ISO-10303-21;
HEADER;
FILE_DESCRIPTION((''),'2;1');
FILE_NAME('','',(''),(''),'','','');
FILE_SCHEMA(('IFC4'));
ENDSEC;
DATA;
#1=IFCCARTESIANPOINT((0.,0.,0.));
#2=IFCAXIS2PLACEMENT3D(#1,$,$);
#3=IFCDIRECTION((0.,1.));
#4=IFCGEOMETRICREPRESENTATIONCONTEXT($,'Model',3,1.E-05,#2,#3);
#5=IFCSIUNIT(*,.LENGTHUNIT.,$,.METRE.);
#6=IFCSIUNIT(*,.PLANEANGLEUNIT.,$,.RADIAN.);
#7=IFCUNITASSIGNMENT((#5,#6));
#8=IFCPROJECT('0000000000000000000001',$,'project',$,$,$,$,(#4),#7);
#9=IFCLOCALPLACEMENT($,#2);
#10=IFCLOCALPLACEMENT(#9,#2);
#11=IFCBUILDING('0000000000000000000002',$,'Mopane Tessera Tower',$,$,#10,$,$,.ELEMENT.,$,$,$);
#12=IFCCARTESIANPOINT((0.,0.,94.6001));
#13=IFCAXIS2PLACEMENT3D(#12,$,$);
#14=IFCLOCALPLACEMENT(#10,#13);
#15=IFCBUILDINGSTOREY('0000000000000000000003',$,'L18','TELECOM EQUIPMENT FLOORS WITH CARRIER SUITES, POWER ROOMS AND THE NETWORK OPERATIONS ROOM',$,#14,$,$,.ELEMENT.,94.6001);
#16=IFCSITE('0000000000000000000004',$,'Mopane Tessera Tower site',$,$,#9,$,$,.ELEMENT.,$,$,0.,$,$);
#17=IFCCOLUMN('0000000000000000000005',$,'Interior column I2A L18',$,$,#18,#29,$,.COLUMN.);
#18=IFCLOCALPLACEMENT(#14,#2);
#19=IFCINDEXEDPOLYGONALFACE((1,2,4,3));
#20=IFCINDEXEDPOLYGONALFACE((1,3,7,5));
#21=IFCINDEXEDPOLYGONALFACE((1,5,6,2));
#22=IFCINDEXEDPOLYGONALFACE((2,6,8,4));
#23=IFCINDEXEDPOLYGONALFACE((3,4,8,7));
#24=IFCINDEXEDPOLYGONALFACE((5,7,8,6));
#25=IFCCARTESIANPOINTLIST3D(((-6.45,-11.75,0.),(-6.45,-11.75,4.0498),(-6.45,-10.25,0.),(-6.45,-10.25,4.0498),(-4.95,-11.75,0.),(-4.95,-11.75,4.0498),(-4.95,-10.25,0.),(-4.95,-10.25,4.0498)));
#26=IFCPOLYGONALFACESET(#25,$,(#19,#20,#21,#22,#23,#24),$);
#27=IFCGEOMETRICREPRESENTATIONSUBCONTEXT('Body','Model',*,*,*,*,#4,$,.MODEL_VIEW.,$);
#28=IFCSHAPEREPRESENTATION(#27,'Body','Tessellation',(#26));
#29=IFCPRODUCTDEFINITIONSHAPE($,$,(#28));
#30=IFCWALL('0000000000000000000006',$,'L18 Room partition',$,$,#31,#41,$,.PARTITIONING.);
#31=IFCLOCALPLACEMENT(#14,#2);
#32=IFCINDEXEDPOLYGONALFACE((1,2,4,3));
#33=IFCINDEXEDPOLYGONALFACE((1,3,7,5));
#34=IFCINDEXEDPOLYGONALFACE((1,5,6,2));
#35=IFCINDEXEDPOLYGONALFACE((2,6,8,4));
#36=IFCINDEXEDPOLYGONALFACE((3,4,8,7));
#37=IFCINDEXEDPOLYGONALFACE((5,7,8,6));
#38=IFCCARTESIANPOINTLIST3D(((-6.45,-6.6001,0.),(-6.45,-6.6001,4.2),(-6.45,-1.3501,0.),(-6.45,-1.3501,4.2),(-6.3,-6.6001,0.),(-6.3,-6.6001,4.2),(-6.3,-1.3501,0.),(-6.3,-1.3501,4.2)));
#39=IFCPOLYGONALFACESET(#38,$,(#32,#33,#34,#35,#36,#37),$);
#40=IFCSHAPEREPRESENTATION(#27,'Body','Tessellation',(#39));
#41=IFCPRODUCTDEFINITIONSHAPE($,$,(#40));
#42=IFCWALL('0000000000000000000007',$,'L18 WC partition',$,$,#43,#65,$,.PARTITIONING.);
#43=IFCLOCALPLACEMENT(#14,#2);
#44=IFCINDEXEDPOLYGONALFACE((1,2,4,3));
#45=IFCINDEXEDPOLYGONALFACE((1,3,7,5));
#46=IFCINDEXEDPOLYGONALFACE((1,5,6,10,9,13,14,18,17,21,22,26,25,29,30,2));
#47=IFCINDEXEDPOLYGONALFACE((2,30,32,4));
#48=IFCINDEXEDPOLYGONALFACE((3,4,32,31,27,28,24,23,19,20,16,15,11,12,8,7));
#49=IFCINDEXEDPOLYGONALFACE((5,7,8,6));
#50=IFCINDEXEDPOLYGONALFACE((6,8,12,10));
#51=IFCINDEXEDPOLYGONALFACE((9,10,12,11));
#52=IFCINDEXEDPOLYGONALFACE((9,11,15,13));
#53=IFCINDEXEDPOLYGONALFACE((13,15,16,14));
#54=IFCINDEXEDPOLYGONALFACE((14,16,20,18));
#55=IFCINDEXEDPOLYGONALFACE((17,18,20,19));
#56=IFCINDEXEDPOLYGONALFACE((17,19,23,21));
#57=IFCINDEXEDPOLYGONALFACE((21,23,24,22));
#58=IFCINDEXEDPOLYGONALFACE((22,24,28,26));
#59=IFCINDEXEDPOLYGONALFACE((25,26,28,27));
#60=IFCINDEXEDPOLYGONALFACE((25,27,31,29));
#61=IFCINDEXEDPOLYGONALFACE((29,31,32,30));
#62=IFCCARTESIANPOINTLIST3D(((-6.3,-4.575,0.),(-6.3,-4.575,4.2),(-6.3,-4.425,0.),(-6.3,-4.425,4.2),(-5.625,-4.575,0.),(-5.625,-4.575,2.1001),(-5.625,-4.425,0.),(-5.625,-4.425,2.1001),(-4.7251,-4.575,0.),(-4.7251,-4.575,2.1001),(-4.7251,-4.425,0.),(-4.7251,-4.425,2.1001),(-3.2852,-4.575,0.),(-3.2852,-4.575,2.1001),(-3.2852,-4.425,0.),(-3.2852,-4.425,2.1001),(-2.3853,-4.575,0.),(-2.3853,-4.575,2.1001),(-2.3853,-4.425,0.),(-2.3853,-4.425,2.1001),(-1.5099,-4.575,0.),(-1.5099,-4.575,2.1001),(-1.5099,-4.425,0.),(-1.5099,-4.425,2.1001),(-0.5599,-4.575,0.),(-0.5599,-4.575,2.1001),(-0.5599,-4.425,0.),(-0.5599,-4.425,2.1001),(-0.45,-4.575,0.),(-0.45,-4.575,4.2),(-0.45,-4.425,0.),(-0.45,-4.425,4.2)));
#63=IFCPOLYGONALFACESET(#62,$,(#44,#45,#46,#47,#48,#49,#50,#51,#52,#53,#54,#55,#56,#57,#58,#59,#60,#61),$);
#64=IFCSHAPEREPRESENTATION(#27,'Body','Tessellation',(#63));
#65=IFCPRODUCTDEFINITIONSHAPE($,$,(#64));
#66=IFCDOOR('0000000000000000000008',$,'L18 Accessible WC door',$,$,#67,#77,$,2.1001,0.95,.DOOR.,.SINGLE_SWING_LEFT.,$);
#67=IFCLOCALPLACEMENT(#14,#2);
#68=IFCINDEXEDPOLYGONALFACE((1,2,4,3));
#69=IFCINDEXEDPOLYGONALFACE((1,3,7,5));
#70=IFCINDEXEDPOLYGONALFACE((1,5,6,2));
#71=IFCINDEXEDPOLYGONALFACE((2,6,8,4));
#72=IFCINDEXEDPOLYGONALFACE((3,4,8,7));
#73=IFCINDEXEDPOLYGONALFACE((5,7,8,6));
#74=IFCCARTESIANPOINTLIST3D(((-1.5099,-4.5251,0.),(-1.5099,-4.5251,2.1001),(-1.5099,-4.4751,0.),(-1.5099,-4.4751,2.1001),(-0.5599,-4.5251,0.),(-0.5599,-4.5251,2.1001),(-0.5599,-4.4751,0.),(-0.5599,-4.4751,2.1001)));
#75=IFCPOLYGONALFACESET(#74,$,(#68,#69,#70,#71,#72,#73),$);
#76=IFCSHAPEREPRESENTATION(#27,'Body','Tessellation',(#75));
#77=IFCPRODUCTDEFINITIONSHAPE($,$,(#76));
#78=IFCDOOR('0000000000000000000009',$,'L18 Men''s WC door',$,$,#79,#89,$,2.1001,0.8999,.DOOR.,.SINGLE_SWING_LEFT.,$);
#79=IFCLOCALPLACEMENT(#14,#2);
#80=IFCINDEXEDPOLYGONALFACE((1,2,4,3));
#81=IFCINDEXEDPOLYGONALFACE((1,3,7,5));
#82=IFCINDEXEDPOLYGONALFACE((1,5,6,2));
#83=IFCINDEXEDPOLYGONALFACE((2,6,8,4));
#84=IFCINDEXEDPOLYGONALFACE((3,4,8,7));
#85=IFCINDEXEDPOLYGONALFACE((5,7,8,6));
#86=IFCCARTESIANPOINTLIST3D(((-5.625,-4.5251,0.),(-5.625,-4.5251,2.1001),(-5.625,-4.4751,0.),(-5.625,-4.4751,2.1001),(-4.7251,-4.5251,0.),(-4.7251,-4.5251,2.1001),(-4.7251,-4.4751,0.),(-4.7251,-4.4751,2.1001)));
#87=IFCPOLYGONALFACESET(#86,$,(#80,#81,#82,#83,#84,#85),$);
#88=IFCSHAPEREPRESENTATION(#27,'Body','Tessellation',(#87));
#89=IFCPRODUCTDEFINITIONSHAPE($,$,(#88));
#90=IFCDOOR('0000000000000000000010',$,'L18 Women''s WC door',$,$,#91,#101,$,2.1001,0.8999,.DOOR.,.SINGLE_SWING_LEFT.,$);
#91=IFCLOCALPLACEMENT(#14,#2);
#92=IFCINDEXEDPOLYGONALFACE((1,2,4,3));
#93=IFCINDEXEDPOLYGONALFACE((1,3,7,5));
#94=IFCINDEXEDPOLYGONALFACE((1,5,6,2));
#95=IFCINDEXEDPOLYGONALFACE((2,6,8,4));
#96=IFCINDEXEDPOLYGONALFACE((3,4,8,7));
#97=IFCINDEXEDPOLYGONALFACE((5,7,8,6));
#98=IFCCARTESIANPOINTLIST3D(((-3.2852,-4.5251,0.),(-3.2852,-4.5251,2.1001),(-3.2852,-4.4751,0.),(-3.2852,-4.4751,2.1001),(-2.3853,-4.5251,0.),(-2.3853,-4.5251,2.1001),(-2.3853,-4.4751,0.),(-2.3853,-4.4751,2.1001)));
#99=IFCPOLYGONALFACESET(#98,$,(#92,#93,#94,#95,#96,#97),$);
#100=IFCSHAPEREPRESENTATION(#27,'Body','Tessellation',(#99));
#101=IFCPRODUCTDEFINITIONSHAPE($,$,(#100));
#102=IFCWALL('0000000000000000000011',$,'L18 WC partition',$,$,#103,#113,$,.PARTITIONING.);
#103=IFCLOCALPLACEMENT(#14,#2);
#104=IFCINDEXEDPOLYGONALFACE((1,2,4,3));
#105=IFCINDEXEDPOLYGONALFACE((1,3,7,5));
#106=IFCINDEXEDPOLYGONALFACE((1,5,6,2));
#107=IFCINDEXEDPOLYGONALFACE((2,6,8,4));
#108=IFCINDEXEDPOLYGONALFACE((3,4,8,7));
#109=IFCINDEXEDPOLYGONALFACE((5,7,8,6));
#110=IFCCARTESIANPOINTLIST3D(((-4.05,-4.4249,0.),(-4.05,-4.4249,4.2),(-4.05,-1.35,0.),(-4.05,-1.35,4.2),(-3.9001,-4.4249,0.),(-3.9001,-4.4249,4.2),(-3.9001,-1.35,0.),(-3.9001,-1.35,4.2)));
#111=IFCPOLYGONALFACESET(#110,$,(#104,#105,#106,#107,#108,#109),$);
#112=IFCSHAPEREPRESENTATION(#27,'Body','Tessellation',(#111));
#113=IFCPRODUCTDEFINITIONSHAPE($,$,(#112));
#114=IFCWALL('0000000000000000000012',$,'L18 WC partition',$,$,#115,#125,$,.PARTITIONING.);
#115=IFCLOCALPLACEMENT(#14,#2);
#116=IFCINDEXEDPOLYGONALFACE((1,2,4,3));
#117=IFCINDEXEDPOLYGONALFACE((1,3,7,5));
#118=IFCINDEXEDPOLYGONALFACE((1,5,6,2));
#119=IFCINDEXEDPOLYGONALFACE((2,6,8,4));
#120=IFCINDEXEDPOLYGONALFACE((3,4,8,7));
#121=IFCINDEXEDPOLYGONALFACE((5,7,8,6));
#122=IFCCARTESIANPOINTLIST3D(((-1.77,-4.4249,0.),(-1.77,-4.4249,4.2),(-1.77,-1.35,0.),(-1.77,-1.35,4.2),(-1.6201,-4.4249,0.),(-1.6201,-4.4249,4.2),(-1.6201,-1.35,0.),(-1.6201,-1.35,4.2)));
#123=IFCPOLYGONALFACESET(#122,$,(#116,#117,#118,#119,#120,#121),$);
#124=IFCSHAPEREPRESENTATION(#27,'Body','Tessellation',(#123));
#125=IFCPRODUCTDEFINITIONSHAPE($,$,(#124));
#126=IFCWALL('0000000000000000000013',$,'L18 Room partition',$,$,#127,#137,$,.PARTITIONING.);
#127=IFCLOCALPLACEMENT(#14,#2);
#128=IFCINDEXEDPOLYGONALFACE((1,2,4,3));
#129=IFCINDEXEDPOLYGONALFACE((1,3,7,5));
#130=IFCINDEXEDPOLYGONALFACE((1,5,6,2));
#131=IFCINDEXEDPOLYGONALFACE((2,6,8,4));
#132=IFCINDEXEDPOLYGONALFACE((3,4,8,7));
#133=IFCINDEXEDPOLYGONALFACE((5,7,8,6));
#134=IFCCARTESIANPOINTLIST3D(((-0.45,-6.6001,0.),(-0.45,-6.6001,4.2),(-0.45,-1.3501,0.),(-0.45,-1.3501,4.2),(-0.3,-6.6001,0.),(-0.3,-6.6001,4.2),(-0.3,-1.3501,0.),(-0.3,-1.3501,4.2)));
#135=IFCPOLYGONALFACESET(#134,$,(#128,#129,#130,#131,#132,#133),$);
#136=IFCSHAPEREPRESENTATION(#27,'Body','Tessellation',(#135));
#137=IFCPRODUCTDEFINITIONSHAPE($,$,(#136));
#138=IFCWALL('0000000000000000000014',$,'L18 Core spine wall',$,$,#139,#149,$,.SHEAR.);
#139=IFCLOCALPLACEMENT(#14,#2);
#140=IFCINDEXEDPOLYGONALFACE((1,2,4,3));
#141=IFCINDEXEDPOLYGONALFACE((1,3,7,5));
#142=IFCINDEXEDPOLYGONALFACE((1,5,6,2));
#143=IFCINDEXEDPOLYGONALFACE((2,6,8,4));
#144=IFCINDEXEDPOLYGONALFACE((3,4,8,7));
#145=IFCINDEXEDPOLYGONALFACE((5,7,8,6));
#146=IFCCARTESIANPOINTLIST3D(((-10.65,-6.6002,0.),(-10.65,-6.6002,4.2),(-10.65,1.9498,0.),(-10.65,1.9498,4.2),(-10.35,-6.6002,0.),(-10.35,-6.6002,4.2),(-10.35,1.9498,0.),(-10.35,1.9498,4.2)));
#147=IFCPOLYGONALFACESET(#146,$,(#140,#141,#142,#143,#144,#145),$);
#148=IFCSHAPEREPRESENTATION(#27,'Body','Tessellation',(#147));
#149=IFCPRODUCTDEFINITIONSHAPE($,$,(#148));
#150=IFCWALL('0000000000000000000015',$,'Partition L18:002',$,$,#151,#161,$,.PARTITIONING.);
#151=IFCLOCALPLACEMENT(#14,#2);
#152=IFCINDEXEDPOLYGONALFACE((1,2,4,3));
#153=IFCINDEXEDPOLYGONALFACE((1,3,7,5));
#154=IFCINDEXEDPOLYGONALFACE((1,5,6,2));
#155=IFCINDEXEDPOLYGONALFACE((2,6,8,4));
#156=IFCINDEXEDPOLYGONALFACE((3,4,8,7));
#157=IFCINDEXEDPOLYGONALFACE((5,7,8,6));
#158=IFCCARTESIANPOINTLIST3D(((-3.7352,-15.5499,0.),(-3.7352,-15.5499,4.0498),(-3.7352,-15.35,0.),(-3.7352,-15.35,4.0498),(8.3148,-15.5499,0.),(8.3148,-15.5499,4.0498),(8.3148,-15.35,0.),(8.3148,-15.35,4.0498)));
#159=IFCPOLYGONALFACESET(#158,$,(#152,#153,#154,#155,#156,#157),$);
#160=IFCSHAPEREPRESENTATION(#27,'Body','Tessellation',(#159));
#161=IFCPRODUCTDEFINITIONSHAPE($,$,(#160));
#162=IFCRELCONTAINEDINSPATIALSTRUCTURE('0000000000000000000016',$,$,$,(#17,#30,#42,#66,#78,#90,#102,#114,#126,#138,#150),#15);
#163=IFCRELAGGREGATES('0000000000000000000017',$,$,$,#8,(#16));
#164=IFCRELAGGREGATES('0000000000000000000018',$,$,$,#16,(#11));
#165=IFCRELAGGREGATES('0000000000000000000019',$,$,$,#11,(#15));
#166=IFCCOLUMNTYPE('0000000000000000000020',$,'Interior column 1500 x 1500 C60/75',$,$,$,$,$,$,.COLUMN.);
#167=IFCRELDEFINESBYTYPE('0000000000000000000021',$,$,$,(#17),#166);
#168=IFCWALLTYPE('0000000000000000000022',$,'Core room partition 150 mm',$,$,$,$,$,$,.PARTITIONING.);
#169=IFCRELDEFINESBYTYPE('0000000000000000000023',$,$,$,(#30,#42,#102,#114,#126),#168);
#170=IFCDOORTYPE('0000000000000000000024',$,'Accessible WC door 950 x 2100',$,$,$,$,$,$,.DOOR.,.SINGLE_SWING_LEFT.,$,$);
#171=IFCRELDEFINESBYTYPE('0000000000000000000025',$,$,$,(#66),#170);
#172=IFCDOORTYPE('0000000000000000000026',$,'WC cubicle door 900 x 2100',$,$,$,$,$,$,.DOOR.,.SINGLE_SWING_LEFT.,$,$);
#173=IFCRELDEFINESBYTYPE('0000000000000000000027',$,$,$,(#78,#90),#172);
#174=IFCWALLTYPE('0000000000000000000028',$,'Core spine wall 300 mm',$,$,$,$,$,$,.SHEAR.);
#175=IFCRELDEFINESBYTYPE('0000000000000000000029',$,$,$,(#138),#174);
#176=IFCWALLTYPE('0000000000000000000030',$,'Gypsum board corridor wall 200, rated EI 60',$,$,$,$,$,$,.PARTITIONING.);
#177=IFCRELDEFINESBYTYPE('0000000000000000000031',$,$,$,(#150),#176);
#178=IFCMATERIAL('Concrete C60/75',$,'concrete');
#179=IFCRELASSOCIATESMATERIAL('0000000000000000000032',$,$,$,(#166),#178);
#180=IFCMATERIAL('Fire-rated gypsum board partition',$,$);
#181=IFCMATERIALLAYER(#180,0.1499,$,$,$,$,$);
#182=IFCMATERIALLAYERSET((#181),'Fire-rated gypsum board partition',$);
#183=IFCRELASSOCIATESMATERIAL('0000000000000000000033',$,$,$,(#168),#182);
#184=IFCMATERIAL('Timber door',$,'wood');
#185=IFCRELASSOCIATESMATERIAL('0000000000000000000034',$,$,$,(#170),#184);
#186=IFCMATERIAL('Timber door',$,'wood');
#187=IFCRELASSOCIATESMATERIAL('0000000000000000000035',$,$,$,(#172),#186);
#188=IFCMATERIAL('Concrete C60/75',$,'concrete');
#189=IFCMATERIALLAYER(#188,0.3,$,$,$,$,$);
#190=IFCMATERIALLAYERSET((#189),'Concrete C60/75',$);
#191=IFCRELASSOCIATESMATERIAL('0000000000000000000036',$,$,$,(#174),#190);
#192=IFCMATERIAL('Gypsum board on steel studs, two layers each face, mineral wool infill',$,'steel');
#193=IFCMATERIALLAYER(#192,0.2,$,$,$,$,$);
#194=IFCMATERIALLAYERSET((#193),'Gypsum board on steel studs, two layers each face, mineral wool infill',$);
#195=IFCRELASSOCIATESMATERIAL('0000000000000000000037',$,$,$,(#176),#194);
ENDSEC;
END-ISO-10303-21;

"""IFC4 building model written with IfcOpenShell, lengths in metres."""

from ifc_helpers import new_model, si_unit, direction, frame, frame_2d, origin, origin_2d, place, context, subcontext, project, spatial, rectangle, extrude, material, layer, layer_set, material_profile, profile_set, type_object, element, fill, save


model = new_model("IFC4")

# Units and contexts
model_context = context("Model", 3, precision=1e-05, world=origin(), true_north=direction((0.0, 1.0)))
body_context = subcontext(model_context, "Body", "Model", "MODEL_VIEW")
ifc_project = project(units=[si_unit("LENGTHUNIT", "METRE"), si_unit("PLANEANGLEUNIT", "RADIAN")], contexts=[model_context])

# Site, building, storey
site_placement = place(None, origin())
site = spatial("IfcSite", under=ifc_project, at=site_placement, Name="Mopane Tessera Tower site", CompositionType="ELEMENT", RefElevation=0.0)
building_placement = place(site_placement, origin())
building = spatial("IfcBuilding", under=site, at=building_placement, Name="Mopane Tessera Tower", CompositionType="ELEMENT")
storey_placement = place(building_placement, frame((0.0, 0.0, 94.6001)))
storey = spatial("IfcBuildingStorey", under=building, at=storey_placement, Name="L18", Description="TELECOM EQUIPMENT FLOORS WITH CARRIER SUITES, POWER ROOMS AND THE NETWORK OPERATIONS ROOM", CompositionType="ELEMENT", Elevation=94.6001)

# Column
ifc_material_1 = material(Name="Concrete C60/75", Category="concrete")
ifc_material_profile = material_profile(ifc_material_1, rectangle(XDim=1.5, YDim=1.5, at=origin_2d()))
ifc_profile_set = profile_set([ifc_material_profile], Name="Concrete C60/75")
column_type = type_object("IfcColumnType", Name="Interior column 1500 x 1500 C60/75", PredefinedType="COLUMN", material=ifc_profile_set)
column_placement = place(storey_placement, frame((-5.7, -11.0, 0.0), z_axis=(0.0, 0.0, 1.0), x_axis=(1.0, 0.0, 0.0)))
element("IfcColumn", 1, at=column_placement, inside=storey, type_object=column_type, Name="Interior column I2A L18", PredefinedType="COLUMN", context=body_context, shape_type="SweptSolid", body=[
    extrude(rectangle(XDim=1.5, YDim=1.5, at=origin_2d()), origin(), (0.0, 0.0, 1.0), 4.0498),
])

# Wall
ifc_material_2 = material(Name="Fire-rated gypsum board partition")
ifc_layer_1 = layer(ifc_material_2, 0.1499)
ifc_layer_set_1 = layer_set([ifc_layer_1], Name="Fire-rated gypsum board partition")
wall_type_1 = type_object("IfcWallType", Name="Core room partition 150 mm", PredefinedType="PARTITIONING", material=ifc_layer_set_1)
wall_1_placement = place(storey_placement, frame((-6.375, -6.6001, 0.0), z_axis=(0.0, 0.0, 1.0), x_axis=(0.0, 1.0, 0.0)))
element("IfcWall", 2, at=wall_1_placement, inside=storey, type_object=wall_type_1, Name="L18 Room partition", PredefinedType="PARTITIONING", context=body_context, shape_type="SweptSolid", body=[
    extrude(rectangle(XDim=5.25, YDim=0.1499, at=frame_2d((2.625, 0.0))), origin(), (0.0, 0.0, 1.0), 4.2),
])

# Wall, openings, doors
wall_2_placement = place(storey_placement, frame((-6.3, -4.5, 0.0), z_axis=(0.0, 0.0, 1.0), x_axis=(1.0, 0.0, 0.0)))
wall_2 = element("IfcWall", 3, at=wall_2_placement, inside=storey, type_object=wall_type_1, Name="L18 WC partition", PredefinedType="PARTITIONING", context=body_context, shape_type="SweptSolid", body=[
    extrude(rectangle(XDim=5.8501, YDim=0.1499, at=frame_2d((2.925, 0.0))), origin(), (0.0, 0.0, 1.0), 4.2),
])
opening_1_placement = place(wall_2_placement, frame((0.675, 0.0, 0.0)))
opening_1 = element("IfcOpeningElement", 4, at=opening_1_placement, cuts=wall_2, PredefinedType="OPENING", context=body_context, shape_type="SweptSolid", body=[
    extrude(rectangle(XDim=0.8999, YDim=2.1001, at=frame_2d((0.45, 1.05))), frame((0.0, 0.0869, 0.0), z_axis=(0.0, -1.0, 0.0), x_axis=(1.0, 0.0, 0.0)), (0.0, 0.0, 1.0), 0.1738),
])
opening_2_placement = place(wall_2_placement, frame((3.0149, 0.0, 0.0)))
opening_2 = element("IfcOpeningElement", 5, at=opening_2_placement, cuts=wall_2, PredefinedType="OPENING", context=body_context, shape_type="SweptSolid", body=[
    extrude(rectangle(XDim=0.8999, YDim=2.1001, at=frame_2d((0.45, 1.05))), frame((0.0, 0.0869, 0.0), z_axis=(0.0, -1.0, 0.0), x_axis=(1.0, 0.0, 0.0)), (0.0, 0.0, 1.0), 0.1738),
])
opening_3_placement = place(wall_2_placement, frame((4.79, 0.0, 0.0)))
opening_3 = element("IfcOpeningElement", 6, at=opening_3_placement, cuts=wall_2, PredefinedType="OPENING", context=body_context, shape_type="SweptSolid", body=[
    extrude(rectangle(XDim=0.95, YDim=2.1001, at=frame_2d((0.4751, 1.05))), frame((0.0, 0.0869, 0.0), z_axis=(0.0, -1.0, 0.0), x_axis=(1.0, 0.0, 0.0)), (0.0, 0.0, 1.0), 0.1738),
])
ifc_material_3 = material(Name="Timber door", Category="wood")
door_type_1 = type_object("IfcDoorType", Name="Accessible WC door 950 x 2100", OperationType="SINGLE_SWING_LEFT", PredefinedType="DOOR", material=ifc_material_3)
door_1_placement = place(opening_3_placement, origin())
door_1 = element("IfcDoor", 7, at=door_1_placement, inside=storey, type_object=door_type_1, Name="L18 Accessible WC door", OperationType="SINGLE_SWING_LEFT", OverallHeight=2.1001, OverallWidth=0.95, PredefinedType="DOOR", context=body_context, shape_type="SweptSolid", body=[
    extrude(rectangle(XDim=0.95, YDim=2.1001, at=frame_2d((0.4751, 1.05))), frame((0.0, 0.0249, 0.0), z_axis=(0.0, -1.0, 0.0), x_axis=(1.0, 0.0, 0.0)), (0.0, 0.0, 1.0), 0.05),
])
fill(opening_3, door_1)
ifc_material_4 = material(Name="Timber door", Category="wood")
door_type_2 = type_object("IfcDoorType", Name="WC cubicle door 900 x 2100", OperationType="SINGLE_SWING_LEFT", PredefinedType="DOOR", material=ifc_material_4)
door_2_placement = place(opening_1_placement, origin())
door_2 = element("IfcDoor", 8, at=door_2_placement, inside=storey, type_object=door_type_2, Name="L18 Men's WC door", OperationType="SINGLE_SWING_LEFT", OverallHeight=2.1001, OverallWidth=0.8999, PredefinedType="DOOR", context=body_context, shape_type="SweptSolid", body=[
    extrude(rectangle(XDim=0.8999, YDim=2.1001, at=frame_2d((0.45, 1.05))), frame((0.0, 0.0249, 0.0), z_axis=(0.0, -1.0, 0.0), x_axis=(1.0, 0.0, 0.0)), (0.0, 0.0, 1.0), 0.05),
])
fill(opening_1, door_2)
door_3_placement = place(opening_2_placement, origin())
door_3 = element("IfcDoor", 9, at=door_3_placement, inside=storey, type_object=door_type_2, Name="L18 Women's WC door", OperationType="SINGLE_SWING_LEFT", OverallHeight=2.1001, OverallWidth=0.8999, PredefinedType="DOOR", context=body_context, shape_type="SweptSolid", body=[
    extrude(rectangle(XDim=0.8999, YDim=2.1001, at=frame_2d((0.45, 1.05))), frame((0.0, 0.0249, 0.0), z_axis=(0.0, -1.0, 0.0), x_axis=(1.0, 0.0, 0.0)), (0.0, 0.0, 1.0), 0.05),
])
fill(opening_2, door_3)

# Walls
for number, where, z_axis, x_axis, name in (
    (10, (-3.9751, -4.425, 0.0), (0.0, 0.0, 1.0), (0.0, 1.0, 0.0), "L18 WC partition"),
    (11, (-1.6951, -4.425, 0.0), (0.0, 0.0, 1.0), (0.0, 1.0, 0.0), "L18 WC partition"),
):
    element("IfcWall", number, at=place(storey_placement, frame(where, z_axis=z_axis, x_axis=x_axis)), inside=storey, type_object=wall_type_1, Name=name, PredefinedType="PARTITIONING", context=body_context, shape_type="SweptSolid", body=[
        extrude(rectangle(XDim=3.075, YDim=0.1499, at=frame_2d((1.5376, 0.0))), origin(), (0.0, 0.0, 1.0), 4.2),
    ])
wall_3_placement = place(storey_placement, frame((-0.375, -6.6001, 0.0), z_axis=(0.0, 0.0, 1.0), x_axis=(0.0, 1.0, 0.0)))
element("IfcWall", 12, at=wall_3_placement, inside=storey, type_object=wall_type_1, Name="L18 Room partition", PredefinedType="PARTITIONING", context=body_context, shape_type="SweptSolid", body=[
    extrude(rectangle(XDim=5.25, YDim=0.1499, at=frame_2d((2.625, 0.0))), origin(), (0.0, 0.0, 1.0), 4.2),
])
ifc_material_5 = material(Name="Concrete C60/75", Category="concrete")
ifc_layer_2 = layer(ifc_material_5, 0.3)
ifc_layer_set_2 = layer_set([ifc_layer_2], Name="Concrete C60/75")
wall_type_2 = type_object("IfcWallType", Name="Core spine wall 300 mm", PredefinedType="SHEAR", material=ifc_layer_set_2)
wall_4_placement = place(storey_placement, frame((-10.5, -6.6001, 0.0), z_axis=(0.0, 0.0, 1.0), x_axis=(0.0, 1.0, 0.0)))
element("IfcWall", 13, at=wall_4_placement, inside=storey, type_object=wall_type_2, Name="L18 Core spine wall", PredefinedType="SHEAR", context=body_context, shape_type="SweptSolid", body=[
    extrude(rectangle(XDim=8.55, YDim=0.3, at=frame_2d((4.2749, 0.0))), origin(), (0.0, 0.0, 1.0), 4.2),
])
ifc_material_6 = material(Name="Gypsum board on steel studs, two layers each face, mineral wool infill", Category="steel")
ifc_layer_3 = layer(ifc_material_6, 0.2)
ifc_layer_set_3 = layer_set([ifc_layer_3], Name="Gypsum board on steel studs, two layers each face, mineral wool infill")
wall_type_3 = type_object("IfcWallType", Name="Gypsum board corridor wall 200, rated EI 60", PredefinedType="PARTITIONING", material=ifc_layer_set_3)
wall_5_placement = place(storey_placement, frame((-3.7351, -15.45, 0.0), z_axis=(0.0, 0.0, 1.0), x_axis=(1.0, 0.0, 0.0)))
element("IfcWall", 14, at=wall_5_placement, inside=storey, type_object=wall_type_3, Name="Partition L18:002", PredefinedType="PARTITIONING", context=body_context, shape_type="SweptSolid", body=[
    extrude(rectangle(XDim=12.05, YDim=0.2, at=frame_2d((6.0249, 0.0))), origin(), (0.0, 0.0, 1.0), 4.0498),
])

save(model, "model.ifc")
